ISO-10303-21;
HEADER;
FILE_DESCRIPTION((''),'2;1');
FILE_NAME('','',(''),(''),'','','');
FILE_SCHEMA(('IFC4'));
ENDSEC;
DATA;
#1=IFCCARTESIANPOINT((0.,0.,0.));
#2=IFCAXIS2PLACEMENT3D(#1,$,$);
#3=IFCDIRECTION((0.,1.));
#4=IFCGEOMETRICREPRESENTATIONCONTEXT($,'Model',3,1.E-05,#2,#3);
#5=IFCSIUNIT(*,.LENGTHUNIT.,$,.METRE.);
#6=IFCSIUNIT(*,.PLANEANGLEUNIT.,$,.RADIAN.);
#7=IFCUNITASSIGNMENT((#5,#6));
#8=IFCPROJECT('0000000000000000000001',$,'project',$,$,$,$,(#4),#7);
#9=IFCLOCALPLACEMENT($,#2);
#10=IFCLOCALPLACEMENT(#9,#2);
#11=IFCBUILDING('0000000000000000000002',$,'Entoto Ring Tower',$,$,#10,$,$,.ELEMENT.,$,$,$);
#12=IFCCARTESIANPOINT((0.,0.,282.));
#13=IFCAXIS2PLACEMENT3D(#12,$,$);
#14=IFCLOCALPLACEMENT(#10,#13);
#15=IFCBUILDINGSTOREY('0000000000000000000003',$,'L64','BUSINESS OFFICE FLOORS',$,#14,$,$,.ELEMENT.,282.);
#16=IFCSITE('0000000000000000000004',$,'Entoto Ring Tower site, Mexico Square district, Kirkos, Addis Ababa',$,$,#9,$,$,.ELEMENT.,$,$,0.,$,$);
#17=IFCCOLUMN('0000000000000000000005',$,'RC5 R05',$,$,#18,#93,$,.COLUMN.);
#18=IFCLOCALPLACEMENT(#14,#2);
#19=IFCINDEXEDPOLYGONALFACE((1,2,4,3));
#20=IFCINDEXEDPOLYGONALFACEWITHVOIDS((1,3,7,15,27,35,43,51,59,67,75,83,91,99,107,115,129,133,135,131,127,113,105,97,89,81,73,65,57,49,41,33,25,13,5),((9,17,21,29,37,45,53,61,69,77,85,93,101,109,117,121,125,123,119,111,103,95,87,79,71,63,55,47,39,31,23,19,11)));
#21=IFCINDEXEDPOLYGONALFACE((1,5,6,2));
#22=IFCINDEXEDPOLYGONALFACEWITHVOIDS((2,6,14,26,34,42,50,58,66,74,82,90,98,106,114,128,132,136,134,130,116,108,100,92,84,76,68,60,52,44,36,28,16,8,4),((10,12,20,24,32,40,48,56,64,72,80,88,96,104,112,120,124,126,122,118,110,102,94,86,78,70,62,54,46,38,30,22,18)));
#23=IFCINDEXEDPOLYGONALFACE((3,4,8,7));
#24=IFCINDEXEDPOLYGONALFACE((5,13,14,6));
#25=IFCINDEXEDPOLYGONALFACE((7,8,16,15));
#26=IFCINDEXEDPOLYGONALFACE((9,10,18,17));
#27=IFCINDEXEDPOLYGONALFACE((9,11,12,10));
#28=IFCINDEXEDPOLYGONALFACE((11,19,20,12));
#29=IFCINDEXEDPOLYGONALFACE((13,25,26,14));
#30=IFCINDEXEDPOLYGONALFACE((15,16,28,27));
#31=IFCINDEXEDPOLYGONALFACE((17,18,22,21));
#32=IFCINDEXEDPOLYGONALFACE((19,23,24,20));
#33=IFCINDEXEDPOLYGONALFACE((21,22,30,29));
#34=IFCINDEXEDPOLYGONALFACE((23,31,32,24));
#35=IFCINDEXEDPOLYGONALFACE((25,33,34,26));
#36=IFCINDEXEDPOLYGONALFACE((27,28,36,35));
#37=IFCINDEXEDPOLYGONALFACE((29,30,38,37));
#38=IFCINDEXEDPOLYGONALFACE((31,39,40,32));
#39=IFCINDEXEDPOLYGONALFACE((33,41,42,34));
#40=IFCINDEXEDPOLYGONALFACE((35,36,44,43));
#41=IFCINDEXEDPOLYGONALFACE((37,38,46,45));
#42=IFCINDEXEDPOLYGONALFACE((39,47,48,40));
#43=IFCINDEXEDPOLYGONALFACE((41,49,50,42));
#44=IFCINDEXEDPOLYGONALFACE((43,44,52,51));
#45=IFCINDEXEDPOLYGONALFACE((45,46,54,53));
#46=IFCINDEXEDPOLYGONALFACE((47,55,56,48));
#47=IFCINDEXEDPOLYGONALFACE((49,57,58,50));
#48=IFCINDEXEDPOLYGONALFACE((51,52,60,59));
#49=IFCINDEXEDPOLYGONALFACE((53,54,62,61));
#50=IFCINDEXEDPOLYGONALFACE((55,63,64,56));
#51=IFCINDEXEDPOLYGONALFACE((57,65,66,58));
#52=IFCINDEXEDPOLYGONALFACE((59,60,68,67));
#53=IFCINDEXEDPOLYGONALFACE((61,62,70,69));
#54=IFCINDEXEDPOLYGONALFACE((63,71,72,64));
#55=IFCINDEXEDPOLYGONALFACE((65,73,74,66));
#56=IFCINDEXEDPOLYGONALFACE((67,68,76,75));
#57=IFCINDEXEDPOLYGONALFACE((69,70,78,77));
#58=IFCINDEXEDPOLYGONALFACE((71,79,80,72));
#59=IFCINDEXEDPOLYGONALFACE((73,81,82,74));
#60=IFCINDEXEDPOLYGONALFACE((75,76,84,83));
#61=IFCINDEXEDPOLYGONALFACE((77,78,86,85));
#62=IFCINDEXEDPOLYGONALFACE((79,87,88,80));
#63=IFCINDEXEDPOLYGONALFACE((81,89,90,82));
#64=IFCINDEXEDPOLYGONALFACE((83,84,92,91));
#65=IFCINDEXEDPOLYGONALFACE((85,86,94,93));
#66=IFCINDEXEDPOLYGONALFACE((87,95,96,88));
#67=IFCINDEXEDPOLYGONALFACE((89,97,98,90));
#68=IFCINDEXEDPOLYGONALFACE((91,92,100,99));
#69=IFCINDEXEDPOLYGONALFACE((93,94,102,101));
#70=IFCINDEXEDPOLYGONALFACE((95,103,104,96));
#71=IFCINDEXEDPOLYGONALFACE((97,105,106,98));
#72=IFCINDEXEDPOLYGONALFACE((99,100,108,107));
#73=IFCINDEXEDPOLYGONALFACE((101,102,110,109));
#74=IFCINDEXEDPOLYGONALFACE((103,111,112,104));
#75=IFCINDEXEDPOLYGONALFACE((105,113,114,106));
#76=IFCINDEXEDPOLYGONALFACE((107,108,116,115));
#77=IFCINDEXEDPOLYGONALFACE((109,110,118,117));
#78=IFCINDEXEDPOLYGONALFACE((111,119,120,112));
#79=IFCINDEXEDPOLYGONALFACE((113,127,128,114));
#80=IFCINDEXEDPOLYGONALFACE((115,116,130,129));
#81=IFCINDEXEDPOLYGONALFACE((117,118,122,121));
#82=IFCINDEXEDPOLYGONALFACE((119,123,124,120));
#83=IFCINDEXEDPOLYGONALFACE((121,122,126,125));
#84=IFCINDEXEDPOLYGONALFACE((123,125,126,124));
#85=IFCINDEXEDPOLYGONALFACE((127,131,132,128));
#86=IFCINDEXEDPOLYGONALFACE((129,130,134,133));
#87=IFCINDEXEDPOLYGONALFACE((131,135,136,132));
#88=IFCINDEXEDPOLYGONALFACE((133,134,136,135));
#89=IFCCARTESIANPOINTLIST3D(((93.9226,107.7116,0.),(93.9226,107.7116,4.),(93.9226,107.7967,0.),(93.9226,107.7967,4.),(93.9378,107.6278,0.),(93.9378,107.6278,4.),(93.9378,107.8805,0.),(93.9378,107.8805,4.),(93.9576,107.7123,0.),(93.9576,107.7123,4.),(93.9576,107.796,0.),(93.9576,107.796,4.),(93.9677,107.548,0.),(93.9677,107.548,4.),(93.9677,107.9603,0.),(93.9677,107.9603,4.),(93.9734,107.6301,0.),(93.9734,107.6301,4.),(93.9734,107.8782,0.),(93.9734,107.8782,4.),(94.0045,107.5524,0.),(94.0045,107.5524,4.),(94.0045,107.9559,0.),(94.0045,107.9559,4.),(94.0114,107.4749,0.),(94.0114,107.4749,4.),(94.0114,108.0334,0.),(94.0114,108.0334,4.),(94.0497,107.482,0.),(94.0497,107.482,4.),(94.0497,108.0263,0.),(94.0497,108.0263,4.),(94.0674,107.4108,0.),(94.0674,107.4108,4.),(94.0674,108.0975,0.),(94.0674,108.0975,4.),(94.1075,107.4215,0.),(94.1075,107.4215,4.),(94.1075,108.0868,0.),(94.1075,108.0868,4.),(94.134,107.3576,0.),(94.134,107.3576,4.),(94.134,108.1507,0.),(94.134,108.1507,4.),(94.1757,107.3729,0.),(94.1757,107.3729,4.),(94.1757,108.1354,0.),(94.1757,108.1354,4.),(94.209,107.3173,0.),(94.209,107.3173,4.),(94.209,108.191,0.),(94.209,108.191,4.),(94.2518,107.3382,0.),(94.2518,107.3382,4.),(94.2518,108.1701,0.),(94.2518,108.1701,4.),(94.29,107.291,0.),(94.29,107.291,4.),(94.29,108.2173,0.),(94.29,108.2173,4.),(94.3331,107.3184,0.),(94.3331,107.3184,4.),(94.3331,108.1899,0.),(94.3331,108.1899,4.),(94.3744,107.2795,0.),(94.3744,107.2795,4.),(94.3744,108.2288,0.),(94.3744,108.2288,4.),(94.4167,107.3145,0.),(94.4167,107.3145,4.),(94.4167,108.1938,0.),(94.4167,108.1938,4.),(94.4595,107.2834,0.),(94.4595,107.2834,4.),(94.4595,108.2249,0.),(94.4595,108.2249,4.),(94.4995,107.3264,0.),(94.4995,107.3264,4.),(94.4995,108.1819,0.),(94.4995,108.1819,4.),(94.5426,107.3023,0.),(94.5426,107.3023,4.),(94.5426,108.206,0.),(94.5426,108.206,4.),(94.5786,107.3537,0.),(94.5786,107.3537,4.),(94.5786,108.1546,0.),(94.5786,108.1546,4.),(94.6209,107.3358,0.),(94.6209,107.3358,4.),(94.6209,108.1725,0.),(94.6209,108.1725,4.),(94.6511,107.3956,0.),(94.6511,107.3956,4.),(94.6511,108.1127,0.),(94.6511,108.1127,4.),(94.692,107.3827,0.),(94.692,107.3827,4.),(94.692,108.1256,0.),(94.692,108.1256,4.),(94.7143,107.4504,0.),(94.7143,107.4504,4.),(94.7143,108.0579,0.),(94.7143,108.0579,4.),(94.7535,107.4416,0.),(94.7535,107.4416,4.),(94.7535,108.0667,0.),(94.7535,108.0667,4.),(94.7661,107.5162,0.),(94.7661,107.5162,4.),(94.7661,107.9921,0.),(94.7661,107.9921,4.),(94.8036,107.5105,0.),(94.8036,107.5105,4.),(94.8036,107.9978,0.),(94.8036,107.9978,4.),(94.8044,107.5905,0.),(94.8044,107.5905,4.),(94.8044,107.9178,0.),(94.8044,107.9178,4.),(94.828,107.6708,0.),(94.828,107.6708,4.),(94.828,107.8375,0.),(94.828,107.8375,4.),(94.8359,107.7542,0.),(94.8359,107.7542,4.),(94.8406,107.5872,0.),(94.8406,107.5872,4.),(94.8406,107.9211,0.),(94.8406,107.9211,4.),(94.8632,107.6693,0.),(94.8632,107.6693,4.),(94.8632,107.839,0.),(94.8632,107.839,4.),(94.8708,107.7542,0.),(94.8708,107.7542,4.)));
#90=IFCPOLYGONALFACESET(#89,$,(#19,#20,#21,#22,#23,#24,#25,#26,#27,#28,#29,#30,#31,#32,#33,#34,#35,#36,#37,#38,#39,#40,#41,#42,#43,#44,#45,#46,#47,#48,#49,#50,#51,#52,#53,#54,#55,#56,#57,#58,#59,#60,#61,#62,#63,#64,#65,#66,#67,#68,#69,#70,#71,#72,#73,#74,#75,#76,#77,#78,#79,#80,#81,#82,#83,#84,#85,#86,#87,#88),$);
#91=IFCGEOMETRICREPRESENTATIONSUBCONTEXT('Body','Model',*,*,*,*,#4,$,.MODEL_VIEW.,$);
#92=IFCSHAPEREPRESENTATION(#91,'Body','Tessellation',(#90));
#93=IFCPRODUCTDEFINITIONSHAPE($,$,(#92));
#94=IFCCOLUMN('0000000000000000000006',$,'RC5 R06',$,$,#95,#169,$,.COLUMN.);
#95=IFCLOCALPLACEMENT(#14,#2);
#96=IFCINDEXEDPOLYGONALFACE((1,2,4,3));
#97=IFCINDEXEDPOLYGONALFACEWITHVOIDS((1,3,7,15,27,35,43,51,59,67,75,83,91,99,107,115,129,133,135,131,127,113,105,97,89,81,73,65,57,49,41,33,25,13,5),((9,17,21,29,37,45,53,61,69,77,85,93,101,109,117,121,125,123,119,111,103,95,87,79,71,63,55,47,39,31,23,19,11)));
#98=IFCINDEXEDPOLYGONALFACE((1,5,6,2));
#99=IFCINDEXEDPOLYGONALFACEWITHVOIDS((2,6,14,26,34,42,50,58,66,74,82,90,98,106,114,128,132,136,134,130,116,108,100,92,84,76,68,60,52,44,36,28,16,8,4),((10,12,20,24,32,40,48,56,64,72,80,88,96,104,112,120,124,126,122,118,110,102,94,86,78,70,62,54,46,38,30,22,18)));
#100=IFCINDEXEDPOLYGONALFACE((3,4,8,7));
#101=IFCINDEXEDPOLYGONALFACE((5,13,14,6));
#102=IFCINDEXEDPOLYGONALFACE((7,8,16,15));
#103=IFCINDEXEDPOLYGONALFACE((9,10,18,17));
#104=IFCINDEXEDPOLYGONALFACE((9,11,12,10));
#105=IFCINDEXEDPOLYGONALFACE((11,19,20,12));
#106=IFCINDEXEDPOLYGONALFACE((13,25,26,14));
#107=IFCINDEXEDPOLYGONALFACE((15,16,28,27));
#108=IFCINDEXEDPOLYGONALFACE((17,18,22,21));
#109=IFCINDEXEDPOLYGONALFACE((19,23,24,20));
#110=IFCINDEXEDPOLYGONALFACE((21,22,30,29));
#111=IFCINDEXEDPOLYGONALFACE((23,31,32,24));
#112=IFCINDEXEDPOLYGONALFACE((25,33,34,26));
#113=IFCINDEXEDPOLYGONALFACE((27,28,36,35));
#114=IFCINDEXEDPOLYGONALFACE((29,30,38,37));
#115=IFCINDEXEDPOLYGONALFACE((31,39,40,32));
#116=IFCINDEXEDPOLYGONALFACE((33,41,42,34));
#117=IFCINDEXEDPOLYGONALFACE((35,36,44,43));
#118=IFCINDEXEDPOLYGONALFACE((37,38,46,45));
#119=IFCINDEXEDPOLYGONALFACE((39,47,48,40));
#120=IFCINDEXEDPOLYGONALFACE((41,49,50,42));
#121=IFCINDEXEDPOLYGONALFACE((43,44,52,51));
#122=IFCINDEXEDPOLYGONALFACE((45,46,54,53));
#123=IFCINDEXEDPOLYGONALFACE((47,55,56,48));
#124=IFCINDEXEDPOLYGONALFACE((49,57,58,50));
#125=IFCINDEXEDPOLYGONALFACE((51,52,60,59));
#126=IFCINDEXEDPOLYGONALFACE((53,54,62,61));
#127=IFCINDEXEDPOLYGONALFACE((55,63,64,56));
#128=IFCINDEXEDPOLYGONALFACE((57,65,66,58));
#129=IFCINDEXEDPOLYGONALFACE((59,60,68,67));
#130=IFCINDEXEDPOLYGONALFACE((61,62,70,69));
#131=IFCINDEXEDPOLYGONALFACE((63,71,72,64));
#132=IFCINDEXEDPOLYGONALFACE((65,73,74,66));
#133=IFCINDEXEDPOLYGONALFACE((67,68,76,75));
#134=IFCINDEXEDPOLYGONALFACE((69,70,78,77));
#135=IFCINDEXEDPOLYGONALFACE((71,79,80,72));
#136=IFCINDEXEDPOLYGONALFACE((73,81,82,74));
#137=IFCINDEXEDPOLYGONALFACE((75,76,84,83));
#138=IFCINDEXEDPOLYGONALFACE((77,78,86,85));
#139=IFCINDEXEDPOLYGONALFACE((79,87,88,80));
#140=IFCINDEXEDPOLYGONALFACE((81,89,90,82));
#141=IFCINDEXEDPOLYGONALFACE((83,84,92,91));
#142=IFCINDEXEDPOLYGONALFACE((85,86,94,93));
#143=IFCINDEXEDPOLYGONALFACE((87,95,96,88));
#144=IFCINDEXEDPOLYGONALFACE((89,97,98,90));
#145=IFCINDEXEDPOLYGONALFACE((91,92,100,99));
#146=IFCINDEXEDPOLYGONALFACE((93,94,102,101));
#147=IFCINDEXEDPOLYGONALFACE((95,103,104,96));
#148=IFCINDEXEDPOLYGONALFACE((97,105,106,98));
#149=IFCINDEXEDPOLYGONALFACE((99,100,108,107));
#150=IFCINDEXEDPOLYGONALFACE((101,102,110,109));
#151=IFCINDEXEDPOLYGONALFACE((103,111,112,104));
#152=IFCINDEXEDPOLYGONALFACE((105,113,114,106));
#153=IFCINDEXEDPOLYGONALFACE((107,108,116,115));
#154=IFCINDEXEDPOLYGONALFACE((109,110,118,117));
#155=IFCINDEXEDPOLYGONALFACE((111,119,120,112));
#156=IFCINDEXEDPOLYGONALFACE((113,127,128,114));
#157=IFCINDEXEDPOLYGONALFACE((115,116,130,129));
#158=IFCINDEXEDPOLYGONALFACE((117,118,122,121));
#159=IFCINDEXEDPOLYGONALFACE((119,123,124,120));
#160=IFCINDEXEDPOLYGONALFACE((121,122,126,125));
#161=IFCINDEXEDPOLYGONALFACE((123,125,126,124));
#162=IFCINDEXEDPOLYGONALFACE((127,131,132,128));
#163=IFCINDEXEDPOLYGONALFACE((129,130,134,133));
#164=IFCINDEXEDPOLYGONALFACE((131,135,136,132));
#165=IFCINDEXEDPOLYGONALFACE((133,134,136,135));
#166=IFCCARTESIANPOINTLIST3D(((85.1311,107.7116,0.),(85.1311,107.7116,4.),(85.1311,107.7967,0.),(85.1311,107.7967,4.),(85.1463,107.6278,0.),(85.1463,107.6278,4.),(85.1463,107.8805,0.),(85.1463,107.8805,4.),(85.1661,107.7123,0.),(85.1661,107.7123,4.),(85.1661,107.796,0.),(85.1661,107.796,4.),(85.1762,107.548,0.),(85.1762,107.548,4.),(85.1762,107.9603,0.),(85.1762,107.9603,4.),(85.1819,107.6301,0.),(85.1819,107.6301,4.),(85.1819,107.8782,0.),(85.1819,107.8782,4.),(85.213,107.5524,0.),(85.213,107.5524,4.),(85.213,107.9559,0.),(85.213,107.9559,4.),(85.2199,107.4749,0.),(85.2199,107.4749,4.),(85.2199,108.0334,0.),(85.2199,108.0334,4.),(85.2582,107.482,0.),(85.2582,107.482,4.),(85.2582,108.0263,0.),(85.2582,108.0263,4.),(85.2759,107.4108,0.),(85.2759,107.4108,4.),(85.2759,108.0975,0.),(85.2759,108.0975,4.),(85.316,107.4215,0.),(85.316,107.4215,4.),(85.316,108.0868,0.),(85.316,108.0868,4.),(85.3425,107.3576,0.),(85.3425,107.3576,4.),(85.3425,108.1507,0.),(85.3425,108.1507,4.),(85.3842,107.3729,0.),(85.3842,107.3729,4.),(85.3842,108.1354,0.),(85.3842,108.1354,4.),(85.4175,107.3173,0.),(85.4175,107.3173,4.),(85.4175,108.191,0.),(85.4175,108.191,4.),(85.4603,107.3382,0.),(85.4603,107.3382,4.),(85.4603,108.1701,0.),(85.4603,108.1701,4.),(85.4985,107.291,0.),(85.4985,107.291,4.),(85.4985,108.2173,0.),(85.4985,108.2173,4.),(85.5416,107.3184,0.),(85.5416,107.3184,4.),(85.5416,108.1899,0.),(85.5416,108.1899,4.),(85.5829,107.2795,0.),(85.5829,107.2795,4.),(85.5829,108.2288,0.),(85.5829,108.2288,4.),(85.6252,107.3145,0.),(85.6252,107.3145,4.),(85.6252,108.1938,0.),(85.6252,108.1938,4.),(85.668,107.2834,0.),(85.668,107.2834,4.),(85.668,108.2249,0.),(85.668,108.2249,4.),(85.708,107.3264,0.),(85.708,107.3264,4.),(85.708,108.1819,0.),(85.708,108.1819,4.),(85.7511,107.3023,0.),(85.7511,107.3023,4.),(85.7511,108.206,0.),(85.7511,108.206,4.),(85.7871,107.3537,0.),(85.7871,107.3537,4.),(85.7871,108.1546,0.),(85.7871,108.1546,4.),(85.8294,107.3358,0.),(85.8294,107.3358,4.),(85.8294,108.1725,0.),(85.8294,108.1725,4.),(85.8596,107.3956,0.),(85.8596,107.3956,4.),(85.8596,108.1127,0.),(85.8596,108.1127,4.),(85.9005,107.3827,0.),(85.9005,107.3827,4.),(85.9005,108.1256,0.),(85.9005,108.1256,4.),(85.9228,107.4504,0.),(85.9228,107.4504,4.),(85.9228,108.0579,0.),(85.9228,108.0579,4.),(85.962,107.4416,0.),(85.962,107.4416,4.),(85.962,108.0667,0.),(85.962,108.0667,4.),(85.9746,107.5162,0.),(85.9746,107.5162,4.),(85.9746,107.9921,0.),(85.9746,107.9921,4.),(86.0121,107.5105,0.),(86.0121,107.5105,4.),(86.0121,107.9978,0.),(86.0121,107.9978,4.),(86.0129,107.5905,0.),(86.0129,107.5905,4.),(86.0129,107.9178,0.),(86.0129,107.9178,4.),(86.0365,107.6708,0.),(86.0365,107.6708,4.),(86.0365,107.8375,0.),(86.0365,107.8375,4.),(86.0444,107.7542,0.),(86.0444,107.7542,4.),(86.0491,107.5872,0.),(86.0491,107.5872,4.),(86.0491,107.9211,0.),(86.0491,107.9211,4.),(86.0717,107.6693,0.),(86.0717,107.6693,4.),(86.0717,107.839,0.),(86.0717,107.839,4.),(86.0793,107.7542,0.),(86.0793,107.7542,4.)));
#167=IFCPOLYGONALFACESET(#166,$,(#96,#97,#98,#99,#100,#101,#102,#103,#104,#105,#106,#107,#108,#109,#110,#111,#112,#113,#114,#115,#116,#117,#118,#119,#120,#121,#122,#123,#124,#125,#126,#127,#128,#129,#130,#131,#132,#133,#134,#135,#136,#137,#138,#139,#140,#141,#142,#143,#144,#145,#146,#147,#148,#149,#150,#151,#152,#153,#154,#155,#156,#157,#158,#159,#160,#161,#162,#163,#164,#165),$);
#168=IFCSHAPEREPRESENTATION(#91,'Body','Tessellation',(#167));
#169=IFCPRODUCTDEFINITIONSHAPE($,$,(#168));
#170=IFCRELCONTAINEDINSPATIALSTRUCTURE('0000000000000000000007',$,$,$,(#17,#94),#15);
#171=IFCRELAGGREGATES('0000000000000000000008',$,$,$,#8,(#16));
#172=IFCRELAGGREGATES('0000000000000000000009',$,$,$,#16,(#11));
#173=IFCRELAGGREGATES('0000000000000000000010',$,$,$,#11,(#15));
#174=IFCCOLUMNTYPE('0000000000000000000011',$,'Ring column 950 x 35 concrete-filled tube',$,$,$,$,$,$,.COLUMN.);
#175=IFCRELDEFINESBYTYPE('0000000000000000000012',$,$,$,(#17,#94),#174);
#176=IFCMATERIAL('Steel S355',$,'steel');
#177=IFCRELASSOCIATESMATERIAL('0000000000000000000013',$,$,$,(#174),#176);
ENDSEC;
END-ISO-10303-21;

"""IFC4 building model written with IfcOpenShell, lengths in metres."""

from ifc_helpers import new_model, si_unit, direction, frame, origin, origin_2d, place, context, subcontext, project, spatial, circle, hollow_circle, extrude, material, material_profile, profile_set, type_object, element, save


model = new_model("IFC4")

# Units and contexts
model_context = context("Model", 3, precision=1e-05, world=origin(), true_north=direction((0.0, 1.0)))
body_context = subcontext(model_context, "Body", "Model", "MODEL_VIEW")
ifc_project = project(units=[si_unit("LENGTHUNIT", "METRE"), si_unit("PLANEANGLEUNIT", "RADIAN")], contexts=[model_context])

# Site, building, storey
site_placement = place(None, origin())
site = spatial("IfcSite", under=ifc_project, at=site_placement, Name="Entoto Ring Tower site, Mexico Square district, Kirkos, Addis Ababa", CompositionType="ELEMENT", RefElevation=0.0)
building_placement = place(site_placement, origin())
building = spatial("IfcBuilding", under=site, at=building_placement, Name="Entoto Ring Tower", CompositionType="ELEMENT")
storey_placement = place(building_placement, frame((0.0, 0.0, 282.0)))
storey = spatial("IfcBuildingStorey", under=building, at=storey_placement, Name="L64", Description="BUSINESS OFFICE FLOORS", CompositionType="ELEMENT", Elevation=282.0)

# Columns
ifc_material_1 = material(Name="Steel S355", Category="steel")
ifc_material_profile_1 = material_profile(ifc_material_1, hollow_circle(Radius=0.4751, WallThickness=0.0349, at=origin_2d()), Name="CHS 950 x 35")
ifc_material_2 = material(Name="Concrete C60/75", Category="concrete")
ifc_material_profile_2 = material_profile(ifc_material_2, circle(Radius=0.4399, at=origin_2d()), Name="Concrete C60/75 infill")
ifc_profile_set_1 = profile_set([ifc_material_profile_1, ifc_material_profile_2], Name="Steel S355")
column_type = type_object("IfcColumnType", Name="Ring column 950 x 35 concrete-filled tube", PredefinedType="COLUMN", material=ifc_profile_set_1)
for number, where, z_axis, x_axis, name in (
    (1, (94.3958, 107.7542, 0.0), (0.0, 0.0, 1.0), (1.0, 0.0, 0.0), "RC5 R05"),
    (2, (85.6042, 107.7542, 0.0), (0.0, 0.0, 1.0), (1.0, 0.0, 0.0), "RC5 R06"),
):
    element("IfcColumn", number, at=place(storey_placement, frame(where, z_axis=z_axis, x_axis=x_axis)), inside=storey, type_object=column_type, Name=name, PredefinedType="COLUMN", context=body_context, shape_type="SweptSolid", body=[
        extrude(hollow_circle(Radius=0.4751, WallThickness=0.0349, at=origin_2d()), origin(), (0.0, 0.0, 1.0), 4.0),
    ])

save(model, "model.ifc")
